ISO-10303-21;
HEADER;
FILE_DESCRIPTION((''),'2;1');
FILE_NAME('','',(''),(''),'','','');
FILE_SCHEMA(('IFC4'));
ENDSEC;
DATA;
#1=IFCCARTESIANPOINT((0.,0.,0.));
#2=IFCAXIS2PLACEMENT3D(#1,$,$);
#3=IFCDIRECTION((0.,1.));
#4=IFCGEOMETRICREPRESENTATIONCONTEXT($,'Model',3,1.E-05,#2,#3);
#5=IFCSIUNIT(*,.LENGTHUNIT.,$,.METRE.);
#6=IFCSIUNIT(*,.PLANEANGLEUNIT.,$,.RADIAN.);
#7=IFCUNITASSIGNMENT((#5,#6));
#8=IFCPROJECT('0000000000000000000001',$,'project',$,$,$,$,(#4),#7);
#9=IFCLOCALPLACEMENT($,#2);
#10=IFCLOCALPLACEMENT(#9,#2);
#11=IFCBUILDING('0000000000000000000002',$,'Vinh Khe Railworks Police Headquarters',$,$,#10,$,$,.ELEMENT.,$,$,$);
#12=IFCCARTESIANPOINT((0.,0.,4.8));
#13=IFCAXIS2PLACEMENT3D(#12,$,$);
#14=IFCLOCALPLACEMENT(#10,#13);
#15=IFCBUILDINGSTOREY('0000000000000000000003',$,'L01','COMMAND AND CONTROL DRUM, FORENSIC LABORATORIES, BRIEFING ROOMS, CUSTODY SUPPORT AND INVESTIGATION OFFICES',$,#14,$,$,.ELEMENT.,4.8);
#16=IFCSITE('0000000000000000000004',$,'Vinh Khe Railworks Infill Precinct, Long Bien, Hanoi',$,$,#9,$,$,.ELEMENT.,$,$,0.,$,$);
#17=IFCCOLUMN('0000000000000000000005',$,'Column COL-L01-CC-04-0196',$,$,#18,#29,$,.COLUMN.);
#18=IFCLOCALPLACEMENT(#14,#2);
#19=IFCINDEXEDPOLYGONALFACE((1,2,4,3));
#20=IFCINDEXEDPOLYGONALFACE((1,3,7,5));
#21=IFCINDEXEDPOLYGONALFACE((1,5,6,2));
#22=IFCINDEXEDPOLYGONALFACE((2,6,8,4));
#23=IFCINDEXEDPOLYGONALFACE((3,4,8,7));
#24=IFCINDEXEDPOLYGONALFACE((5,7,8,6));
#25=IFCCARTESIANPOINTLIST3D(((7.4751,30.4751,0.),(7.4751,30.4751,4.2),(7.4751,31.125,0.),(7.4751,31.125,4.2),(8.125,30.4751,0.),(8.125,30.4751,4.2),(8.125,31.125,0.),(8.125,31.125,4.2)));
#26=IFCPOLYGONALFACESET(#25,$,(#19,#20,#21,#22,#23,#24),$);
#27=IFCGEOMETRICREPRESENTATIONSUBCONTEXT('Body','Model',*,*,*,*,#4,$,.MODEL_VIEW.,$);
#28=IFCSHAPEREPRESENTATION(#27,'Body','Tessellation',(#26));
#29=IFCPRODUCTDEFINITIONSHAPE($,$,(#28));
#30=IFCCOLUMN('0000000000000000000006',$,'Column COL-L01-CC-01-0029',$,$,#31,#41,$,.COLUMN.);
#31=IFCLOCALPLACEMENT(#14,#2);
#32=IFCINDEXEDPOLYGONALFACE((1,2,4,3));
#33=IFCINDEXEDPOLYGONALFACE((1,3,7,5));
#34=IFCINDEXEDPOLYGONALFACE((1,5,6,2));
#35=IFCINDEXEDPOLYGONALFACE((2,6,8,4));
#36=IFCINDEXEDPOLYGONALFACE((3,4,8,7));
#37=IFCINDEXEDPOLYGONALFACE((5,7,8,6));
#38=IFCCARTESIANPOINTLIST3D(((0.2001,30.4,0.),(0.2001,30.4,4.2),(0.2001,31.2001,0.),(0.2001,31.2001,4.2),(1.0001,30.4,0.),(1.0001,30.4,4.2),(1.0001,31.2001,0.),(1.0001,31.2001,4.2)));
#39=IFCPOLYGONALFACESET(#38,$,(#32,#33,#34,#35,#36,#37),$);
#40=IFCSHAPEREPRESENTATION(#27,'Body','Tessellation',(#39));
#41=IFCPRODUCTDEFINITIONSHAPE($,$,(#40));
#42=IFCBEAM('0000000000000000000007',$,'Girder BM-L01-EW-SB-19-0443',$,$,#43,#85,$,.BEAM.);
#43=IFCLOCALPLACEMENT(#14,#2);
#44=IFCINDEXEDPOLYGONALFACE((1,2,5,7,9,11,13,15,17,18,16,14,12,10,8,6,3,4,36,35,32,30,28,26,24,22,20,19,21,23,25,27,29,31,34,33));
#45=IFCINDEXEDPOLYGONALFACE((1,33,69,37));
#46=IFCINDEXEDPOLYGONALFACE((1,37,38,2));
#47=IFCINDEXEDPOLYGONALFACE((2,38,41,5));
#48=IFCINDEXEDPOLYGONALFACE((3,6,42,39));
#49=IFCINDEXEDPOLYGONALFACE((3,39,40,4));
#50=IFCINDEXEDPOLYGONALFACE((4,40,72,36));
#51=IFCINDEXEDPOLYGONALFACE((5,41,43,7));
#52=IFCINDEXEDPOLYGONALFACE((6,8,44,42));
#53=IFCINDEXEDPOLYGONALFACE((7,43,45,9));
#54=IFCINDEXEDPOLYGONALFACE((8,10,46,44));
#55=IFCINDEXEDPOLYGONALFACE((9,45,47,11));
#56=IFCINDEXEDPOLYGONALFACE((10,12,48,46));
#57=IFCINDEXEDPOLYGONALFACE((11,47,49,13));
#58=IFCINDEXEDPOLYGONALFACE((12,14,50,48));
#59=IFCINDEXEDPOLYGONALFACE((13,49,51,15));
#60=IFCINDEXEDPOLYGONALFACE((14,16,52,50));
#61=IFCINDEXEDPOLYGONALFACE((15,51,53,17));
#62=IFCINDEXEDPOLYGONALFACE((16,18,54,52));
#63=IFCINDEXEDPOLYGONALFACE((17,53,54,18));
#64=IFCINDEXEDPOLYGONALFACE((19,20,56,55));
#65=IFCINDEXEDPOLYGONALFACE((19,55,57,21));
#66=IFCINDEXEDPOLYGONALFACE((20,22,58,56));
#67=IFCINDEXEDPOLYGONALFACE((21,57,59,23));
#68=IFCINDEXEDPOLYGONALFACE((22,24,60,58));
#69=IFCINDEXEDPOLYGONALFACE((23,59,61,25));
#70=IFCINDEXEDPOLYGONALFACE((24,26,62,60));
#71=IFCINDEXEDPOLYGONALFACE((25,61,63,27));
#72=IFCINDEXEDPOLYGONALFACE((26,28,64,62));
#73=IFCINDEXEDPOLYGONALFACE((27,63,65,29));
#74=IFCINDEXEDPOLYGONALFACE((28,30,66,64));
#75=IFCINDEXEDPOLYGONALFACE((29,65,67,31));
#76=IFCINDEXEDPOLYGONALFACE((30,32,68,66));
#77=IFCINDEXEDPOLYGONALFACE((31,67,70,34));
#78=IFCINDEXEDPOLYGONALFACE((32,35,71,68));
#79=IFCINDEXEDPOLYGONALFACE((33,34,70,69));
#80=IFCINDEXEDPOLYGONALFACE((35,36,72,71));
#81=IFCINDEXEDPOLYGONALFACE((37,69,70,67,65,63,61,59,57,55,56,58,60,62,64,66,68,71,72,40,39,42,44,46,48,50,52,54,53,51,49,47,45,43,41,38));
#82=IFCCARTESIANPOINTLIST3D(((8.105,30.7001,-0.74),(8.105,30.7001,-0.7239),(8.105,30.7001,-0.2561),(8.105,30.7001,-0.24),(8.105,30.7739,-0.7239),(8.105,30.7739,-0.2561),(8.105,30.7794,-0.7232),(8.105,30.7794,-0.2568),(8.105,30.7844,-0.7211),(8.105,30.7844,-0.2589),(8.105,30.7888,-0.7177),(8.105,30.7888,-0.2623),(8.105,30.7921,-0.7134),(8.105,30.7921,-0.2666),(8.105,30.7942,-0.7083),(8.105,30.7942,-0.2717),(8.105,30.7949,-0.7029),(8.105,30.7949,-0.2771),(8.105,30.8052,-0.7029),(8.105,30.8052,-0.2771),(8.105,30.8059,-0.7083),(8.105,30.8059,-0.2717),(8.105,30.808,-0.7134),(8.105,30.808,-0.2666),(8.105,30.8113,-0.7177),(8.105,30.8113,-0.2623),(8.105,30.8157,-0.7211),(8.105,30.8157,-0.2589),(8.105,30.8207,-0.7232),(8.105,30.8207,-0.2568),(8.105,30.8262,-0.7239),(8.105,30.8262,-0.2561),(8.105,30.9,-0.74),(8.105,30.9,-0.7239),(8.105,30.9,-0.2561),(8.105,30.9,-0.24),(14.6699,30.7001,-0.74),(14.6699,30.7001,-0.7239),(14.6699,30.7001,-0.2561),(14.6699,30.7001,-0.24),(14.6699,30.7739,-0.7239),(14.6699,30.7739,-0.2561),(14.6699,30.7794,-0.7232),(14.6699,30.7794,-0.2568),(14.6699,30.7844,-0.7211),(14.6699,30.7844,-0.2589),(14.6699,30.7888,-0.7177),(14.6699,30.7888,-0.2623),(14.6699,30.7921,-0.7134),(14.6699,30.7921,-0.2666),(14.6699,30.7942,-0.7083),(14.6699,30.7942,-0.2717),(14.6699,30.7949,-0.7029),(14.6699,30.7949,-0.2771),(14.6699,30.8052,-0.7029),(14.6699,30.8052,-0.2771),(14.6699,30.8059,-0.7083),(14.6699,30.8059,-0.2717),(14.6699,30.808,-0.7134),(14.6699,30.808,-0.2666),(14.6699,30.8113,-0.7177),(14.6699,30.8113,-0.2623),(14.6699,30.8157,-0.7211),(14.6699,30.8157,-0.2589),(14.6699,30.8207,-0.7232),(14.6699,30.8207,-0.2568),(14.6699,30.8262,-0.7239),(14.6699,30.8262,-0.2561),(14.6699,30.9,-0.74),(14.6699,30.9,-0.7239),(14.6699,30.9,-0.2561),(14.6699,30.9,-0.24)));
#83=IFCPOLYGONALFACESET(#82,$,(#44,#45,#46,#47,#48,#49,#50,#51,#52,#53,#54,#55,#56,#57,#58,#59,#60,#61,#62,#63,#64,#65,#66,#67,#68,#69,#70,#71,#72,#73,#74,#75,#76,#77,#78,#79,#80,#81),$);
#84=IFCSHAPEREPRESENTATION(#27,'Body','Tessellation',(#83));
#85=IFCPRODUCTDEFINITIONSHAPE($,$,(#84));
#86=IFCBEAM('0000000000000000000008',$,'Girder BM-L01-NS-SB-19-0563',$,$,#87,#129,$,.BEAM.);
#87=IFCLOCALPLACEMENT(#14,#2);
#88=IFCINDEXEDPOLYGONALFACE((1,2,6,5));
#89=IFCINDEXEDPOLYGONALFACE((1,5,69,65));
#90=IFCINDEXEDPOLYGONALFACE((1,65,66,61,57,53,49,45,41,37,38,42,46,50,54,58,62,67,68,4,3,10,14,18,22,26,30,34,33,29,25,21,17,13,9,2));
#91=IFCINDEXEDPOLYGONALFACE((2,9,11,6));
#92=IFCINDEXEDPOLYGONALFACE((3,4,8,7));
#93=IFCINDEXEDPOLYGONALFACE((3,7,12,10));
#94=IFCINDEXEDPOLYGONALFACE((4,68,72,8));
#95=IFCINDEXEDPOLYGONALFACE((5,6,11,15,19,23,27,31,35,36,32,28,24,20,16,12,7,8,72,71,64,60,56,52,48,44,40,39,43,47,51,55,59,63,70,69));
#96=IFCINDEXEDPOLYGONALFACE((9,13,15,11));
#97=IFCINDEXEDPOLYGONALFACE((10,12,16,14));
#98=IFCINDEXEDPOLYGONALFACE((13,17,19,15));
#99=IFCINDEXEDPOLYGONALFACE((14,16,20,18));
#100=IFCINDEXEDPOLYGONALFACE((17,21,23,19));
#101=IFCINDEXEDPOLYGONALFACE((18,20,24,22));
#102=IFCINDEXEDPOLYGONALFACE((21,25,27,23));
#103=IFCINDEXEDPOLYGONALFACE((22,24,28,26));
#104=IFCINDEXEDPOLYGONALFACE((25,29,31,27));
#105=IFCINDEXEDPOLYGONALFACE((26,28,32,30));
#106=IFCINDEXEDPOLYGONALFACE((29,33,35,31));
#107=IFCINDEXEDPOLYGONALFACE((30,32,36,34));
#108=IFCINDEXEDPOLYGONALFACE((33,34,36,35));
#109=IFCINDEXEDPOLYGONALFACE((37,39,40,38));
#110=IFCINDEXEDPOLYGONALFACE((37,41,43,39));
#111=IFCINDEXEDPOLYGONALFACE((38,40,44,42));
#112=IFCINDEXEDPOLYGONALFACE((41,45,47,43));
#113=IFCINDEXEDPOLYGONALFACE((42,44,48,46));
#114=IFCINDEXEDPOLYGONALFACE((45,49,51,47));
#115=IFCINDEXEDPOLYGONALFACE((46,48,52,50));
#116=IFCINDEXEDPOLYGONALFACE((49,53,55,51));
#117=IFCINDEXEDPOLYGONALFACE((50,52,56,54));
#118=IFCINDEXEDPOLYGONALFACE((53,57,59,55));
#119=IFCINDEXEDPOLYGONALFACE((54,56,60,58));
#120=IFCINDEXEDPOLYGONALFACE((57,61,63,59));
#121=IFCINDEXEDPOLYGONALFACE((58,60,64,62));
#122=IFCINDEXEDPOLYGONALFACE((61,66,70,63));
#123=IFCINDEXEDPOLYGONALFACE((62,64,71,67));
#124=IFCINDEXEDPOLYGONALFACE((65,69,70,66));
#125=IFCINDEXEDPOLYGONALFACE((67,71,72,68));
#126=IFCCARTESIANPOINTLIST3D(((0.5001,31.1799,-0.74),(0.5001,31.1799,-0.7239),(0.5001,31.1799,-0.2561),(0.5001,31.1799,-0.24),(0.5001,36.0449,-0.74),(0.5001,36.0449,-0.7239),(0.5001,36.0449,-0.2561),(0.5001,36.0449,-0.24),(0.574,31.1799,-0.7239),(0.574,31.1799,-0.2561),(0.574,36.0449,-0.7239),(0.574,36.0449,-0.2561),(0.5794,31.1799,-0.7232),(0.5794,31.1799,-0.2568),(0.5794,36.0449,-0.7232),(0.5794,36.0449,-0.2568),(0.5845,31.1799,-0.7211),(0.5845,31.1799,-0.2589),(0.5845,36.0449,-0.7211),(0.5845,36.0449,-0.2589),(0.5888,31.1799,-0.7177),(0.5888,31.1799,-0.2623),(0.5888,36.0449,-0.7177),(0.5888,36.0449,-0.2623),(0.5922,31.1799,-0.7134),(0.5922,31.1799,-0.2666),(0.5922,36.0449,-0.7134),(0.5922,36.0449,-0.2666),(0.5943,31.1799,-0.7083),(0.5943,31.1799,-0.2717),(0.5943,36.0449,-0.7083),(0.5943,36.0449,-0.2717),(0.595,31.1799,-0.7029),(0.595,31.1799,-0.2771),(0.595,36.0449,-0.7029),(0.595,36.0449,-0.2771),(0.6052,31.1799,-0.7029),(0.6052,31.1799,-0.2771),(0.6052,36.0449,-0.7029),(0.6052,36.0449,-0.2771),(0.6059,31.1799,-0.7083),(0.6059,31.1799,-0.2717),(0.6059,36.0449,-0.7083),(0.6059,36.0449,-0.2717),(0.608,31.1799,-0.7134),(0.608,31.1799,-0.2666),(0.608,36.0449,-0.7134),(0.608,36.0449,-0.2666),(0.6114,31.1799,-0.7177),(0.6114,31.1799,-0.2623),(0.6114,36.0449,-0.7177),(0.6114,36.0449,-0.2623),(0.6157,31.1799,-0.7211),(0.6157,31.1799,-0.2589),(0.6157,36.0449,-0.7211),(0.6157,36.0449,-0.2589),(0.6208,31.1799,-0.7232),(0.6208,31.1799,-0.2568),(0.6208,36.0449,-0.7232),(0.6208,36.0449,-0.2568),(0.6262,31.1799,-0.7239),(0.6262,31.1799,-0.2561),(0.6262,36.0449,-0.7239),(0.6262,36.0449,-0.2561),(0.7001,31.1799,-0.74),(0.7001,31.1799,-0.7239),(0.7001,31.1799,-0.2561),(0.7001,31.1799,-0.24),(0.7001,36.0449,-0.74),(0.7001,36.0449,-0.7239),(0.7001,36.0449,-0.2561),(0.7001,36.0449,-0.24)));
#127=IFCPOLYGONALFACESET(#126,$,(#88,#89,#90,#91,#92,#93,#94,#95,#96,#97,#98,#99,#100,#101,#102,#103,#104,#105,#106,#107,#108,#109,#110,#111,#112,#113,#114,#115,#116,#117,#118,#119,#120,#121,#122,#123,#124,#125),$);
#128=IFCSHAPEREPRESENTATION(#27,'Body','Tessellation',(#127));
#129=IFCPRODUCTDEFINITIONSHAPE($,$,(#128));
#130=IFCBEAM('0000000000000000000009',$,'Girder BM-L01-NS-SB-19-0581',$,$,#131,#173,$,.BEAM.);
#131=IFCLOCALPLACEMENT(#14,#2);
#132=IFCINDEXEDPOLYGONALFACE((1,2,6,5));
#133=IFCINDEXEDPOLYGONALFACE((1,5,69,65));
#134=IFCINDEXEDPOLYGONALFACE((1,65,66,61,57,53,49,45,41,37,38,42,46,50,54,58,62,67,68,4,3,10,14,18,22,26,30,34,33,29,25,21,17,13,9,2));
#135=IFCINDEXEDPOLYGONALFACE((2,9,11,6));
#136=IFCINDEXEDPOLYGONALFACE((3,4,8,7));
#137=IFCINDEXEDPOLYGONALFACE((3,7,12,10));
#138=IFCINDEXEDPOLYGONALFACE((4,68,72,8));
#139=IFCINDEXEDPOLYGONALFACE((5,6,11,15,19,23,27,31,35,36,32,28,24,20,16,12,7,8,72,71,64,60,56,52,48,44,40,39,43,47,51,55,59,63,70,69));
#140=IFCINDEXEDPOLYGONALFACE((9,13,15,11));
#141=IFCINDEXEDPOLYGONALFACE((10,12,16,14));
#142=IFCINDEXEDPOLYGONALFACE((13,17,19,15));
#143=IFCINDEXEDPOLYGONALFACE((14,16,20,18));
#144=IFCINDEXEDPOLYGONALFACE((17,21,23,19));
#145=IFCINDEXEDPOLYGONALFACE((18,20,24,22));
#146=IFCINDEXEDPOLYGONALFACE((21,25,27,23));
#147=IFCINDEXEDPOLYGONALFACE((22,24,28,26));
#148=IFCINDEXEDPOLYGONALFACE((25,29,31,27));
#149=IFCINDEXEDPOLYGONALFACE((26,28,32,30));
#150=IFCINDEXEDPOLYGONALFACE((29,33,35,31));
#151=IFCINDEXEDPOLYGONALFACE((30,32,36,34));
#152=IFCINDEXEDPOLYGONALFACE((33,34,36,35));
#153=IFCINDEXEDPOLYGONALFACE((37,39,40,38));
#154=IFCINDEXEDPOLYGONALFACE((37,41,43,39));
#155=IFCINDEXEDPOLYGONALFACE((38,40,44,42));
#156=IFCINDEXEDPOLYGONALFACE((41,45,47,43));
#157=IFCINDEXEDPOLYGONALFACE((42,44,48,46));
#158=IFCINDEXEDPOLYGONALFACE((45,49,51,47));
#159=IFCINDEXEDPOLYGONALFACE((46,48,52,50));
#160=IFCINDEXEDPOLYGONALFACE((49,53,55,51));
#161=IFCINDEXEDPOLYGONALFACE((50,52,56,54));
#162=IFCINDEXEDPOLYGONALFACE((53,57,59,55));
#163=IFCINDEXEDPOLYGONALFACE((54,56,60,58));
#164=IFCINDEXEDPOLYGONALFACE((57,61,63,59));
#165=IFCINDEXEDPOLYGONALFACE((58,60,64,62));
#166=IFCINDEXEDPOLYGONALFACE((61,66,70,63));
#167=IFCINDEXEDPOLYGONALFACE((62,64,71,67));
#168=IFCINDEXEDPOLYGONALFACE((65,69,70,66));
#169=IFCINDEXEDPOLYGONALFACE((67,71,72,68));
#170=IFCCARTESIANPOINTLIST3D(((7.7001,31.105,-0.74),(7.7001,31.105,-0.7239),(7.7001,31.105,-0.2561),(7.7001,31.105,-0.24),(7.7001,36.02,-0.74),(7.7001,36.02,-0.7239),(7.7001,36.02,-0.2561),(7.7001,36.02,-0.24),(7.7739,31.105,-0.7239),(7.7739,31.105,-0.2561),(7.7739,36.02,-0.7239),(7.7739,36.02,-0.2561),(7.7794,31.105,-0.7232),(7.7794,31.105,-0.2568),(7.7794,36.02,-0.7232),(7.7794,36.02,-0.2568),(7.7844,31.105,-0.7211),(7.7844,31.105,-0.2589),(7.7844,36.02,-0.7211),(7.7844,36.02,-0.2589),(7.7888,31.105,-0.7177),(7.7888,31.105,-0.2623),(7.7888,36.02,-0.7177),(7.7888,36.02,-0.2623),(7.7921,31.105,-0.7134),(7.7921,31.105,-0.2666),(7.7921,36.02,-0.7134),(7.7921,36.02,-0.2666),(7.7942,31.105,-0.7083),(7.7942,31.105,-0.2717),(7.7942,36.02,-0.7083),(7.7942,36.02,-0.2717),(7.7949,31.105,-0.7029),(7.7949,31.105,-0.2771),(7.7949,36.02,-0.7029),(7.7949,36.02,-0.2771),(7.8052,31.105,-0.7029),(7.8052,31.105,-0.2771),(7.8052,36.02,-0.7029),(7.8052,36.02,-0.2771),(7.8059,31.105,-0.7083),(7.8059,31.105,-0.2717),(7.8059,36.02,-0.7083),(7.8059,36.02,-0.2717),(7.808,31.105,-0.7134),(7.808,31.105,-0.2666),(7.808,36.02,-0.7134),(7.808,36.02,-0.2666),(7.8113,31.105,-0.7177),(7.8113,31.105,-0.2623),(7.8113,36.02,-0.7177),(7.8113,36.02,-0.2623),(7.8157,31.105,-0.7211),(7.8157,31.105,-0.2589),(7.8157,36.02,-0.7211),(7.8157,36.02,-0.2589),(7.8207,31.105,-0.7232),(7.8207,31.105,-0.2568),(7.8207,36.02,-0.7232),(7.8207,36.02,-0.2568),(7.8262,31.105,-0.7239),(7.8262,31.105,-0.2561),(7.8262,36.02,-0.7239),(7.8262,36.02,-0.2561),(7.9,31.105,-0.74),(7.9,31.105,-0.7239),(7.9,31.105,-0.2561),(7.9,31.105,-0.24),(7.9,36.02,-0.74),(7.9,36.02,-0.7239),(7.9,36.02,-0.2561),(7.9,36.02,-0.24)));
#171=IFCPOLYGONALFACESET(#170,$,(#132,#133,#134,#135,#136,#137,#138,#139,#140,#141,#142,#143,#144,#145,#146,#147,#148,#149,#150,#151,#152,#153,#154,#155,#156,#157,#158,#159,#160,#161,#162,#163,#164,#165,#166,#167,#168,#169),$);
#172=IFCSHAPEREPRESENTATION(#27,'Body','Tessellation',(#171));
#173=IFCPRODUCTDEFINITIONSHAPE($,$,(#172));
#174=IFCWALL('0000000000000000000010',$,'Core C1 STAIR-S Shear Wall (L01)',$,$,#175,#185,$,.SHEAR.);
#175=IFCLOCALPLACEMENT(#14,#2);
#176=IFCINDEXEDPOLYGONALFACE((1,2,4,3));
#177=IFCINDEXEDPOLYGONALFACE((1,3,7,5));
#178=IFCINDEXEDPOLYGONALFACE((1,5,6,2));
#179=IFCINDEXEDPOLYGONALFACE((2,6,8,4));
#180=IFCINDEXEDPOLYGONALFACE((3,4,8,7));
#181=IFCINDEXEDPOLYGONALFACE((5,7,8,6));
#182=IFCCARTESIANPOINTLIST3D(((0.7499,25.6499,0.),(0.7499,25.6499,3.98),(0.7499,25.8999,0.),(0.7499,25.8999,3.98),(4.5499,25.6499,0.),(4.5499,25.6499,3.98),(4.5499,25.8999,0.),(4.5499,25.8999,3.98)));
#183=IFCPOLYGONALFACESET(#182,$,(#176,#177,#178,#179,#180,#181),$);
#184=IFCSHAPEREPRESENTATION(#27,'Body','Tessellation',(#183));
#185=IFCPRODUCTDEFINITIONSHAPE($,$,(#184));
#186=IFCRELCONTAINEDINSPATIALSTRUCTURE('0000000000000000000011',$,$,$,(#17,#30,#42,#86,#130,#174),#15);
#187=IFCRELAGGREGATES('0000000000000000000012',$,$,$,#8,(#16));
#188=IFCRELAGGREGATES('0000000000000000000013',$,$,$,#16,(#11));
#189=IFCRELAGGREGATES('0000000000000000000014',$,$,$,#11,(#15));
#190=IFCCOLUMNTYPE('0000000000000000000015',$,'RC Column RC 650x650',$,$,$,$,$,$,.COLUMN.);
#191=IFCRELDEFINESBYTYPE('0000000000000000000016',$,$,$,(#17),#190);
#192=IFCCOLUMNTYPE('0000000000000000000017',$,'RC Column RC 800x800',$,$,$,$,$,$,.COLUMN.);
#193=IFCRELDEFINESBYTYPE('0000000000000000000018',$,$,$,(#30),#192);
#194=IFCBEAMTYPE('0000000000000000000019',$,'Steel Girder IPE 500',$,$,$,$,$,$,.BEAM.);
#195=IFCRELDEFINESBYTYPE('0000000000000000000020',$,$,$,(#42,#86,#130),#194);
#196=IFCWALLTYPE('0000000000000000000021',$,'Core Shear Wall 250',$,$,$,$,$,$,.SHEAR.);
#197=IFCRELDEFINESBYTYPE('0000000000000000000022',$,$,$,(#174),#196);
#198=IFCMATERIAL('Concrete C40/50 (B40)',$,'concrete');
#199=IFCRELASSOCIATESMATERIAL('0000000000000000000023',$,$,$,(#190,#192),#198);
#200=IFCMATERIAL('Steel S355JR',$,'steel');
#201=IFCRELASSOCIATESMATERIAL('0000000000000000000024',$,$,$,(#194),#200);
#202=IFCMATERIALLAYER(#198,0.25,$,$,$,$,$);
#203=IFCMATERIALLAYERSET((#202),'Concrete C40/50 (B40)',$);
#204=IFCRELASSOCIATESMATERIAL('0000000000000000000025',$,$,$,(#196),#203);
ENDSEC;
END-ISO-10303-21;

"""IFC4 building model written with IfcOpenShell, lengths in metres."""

from ifc_helpers import new_model, si_unit, direction, frame, frame_2d, origin, origin_2d, place, context, subcontext, project, spatial, rectangle, i_section, extrude, material, layer, layer_set, material_profile, profile_set, type_object, element, save


model = new_model("IFC4")

# Units and contexts
model_context = context("Model", 3, precision=1e-05, world=origin(), true_north=direction((0.0, 1.0)))
body_context = subcontext(model_context, "Body", "Model", "MODEL_VIEW")
ifc_project = project(units=[si_unit("LENGTHUNIT", "METRE"), si_unit("PLANEANGLEUNIT", "RADIAN")], contexts=[model_context])

# Site, building, storey
site_placement = place(None, origin())
site = spatial("IfcSite", under=ifc_project, at=site_placement, Name="Vinh Khe Railworks Infill Precinct, Long Bien, Hanoi", CompositionType="ELEMENT", RefElevation=0.0)
building_placement = place(site_placement, origin())
building = spatial("IfcBuilding", under=site, at=building_placement, Name="Vinh Khe Railworks Police Headquarters", CompositionType="ELEMENT")
storey_placement = place(building_placement, frame((0.0, 0.0, 4.8)))
storey = spatial("IfcBuildingStorey", under=building, at=storey_placement, Name="L01", Description="COMMAND AND CONTROL DRUM, FORENSIC LABORATORIES, BRIEFING ROOMS, CUSTODY SUPPORT AND INVESTIGATION OFFICES", CompositionType="ELEMENT", Elevation=4.8)

# Columns
ifc_material_1 = material(Name="Concrete C40/50 (B40)", Category="concrete")
ifc_material_profile_1 = material_profile(ifc_material_1, rectangle(XDim=0.6499, YDim=0.6499, at=origin_2d()), Name="RC 650x650")
ifc_profile_set_1 = profile_set([ifc_material_profile_1], Name="Concrete C40/50 (B40)")
column_type_1 = type_object("IfcColumnType", Name="RC Column RC 650x650", PredefinedType="COLUMN", material=ifc_profile_set_1)
column_1_placement = place(storey_placement, frame((7.8, 30.8, 0.0), z_axis=(0.0, 0.0, 1.0), x_axis=(1.0, 0.0, 0.0)))
element("IfcColumn", 1, at=column_1_placement, inside=storey, type_object=column_type_1, Name="Column COL-L01-CC-04-0196", PredefinedType="COLUMN", context=body_context, shape_type="SweptSolid", body=[
    extrude(rectangle(XDim=0.6499, YDim=0.6499, at=origin_2d()), origin(), (0.0, 0.0, 1.0), 4.2),
])
ifc_material_profile_2 = material_profile(ifc_material_1, rectangle(XDim=0.8, YDim=0.8, at=origin_2d()), Name="RC 800x800")
ifc_profile_set_2 = profile_set([ifc_material_profile_2], Name="Concrete C40/50 (B40)")
column_type_2 = type_object("IfcColumnType", Name="RC Column RC 800x800", PredefinedType="COLUMN", material=ifc_profile_set_2)
column_2_placement = place(storey_placement, frame((0.6001, 30.8, 0.0), z_axis=(0.0, 0.0, 1.0), x_axis=(1.0, 0.0, 0.0)))
element("IfcColumn", 2, at=column_2_placement, inside=storey, type_object=column_type_2, Name="Column COL-L01-CC-01-0029", PredefinedType="COLUMN", context=body_context, shape_type="SweptSolid", body=[
    extrude(rectangle(XDim=0.8, YDim=0.8, at=origin_2d()), origin(), (0.0, 0.0, 1.0), 4.2),
])

# Beams
ifc_material_2 = material(Name="Steel S355JR", Category="steel")
ifc_material_profile_3 = material_profile(ifc_material_2, i_section(OverallWidth=0.2, OverallDepth=0.5, WebThickness=0.0103, FlangeThickness=0.0161, FilletRadius=0.021, at=origin_2d()), Name="IPE 500")
ifc_profile_set_3 = profile_set([ifc_material_profile_3], Name="Steel S355JR")
beam_type = type_object("IfcBeamType", Name="Steel Girder IPE 500", PredefinedType="BEAM", material=ifc_profile_set_3)
beam_1_placement = place(storey_placement, frame((8.105, 30.8, -0.49), z_axis=(1.0, 0.0, 0.0), x_axis=(0.0, 1.0, 0.0)))
element("IfcBeam", 3, at=beam_1_placement, inside=storey, type_object=beam_type, Name="Girder BM-L01-EW-SB-19-0443", PredefinedType="BEAM", context=body_context, shape_type="SweptSolid", body=[
    extrude(i_section(OverallWidth=0.2, OverallDepth=0.5, WebThickness=0.0103, FlangeThickness=0.0161, FilletRadius=0.021, at=origin_2d()), origin(), (0.0, 0.0, 1.0), 6.5649),
])
beam_2_placement = place(storey_placement, frame((0.6001, 31.1799, -0.49), z_axis=(0.0, 1.0, 0.0), x_axis=(-1.0, 0.0, 0.0)))
element("IfcBeam", 4, at=beam_2_placement, inside=storey, type_object=beam_type, Name="Girder BM-L01-NS-SB-19-0563", PredefinedType="BEAM", context=body_context, shape_type="SweptSolid", body=[
    extrude(i_section(OverallWidth=0.2, OverallDepth=0.5, WebThickness=0.0103, FlangeThickness=0.0161, FilletRadius=0.021, at=origin_2d()), origin(), (0.0, 0.0, 1.0), 4.865),
])
beam_3_placement = place(storey_placement, frame((7.8, 31.105, -0.49), z_axis=(0.0, 1.0, 0.0), x_axis=(-1.0, 0.0, 0.0)))
element("IfcBeam", 5, at=beam_3_placement, inside=storey, type_object=beam_type, Name="Girder BM-L01-NS-SB-19-0581", PredefinedType="BEAM", context=body_context, shape_type="SweptSolid", body=[
    extrude(i_section(OverallWidth=0.2, OverallDepth=0.5, WebThickness=0.0103, FlangeThickness=0.0161, FilletRadius=0.021, at=origin_2d()), origin(), (0.0, 0.0, 1.0), 4.915),
])

# Wall
ifc_layer_1 = layer(ifc_material_1, 0.25)
ifc_layer_set_1 = layer_set([ifc_layer_1], Name="Concrete C40/50 (B40)")
wall_type_1 = type_object("IfcWallType", Name="Core Shear Wall 250", PredefinedType="SHEAR", material=ifc_layer_set_1)
wall_1_placement = place(storey_placement, frame((0.75, 25.7749, 0.0), z_axis=(0.0, 0.0, 1.0), x_axis=(1.0, 0.0, 0.0)))
element("IfcWall", 6, at=wall_1_placement, inside=storey, type_object=wall_type_1, Name="Core C1 STAIR-S Shear Wall (L01)", PredefinedType="SHEAR", context=body_context, shape_type="SweptSolid", body=[
    extrude(rectangle(XDim=3.8, YDim=0.25, at=frame_2d((1.8999, 0.0))), origin(), (0.0, 0.0, 1.0), 3.98),
])

save(model, "model.ifc")
